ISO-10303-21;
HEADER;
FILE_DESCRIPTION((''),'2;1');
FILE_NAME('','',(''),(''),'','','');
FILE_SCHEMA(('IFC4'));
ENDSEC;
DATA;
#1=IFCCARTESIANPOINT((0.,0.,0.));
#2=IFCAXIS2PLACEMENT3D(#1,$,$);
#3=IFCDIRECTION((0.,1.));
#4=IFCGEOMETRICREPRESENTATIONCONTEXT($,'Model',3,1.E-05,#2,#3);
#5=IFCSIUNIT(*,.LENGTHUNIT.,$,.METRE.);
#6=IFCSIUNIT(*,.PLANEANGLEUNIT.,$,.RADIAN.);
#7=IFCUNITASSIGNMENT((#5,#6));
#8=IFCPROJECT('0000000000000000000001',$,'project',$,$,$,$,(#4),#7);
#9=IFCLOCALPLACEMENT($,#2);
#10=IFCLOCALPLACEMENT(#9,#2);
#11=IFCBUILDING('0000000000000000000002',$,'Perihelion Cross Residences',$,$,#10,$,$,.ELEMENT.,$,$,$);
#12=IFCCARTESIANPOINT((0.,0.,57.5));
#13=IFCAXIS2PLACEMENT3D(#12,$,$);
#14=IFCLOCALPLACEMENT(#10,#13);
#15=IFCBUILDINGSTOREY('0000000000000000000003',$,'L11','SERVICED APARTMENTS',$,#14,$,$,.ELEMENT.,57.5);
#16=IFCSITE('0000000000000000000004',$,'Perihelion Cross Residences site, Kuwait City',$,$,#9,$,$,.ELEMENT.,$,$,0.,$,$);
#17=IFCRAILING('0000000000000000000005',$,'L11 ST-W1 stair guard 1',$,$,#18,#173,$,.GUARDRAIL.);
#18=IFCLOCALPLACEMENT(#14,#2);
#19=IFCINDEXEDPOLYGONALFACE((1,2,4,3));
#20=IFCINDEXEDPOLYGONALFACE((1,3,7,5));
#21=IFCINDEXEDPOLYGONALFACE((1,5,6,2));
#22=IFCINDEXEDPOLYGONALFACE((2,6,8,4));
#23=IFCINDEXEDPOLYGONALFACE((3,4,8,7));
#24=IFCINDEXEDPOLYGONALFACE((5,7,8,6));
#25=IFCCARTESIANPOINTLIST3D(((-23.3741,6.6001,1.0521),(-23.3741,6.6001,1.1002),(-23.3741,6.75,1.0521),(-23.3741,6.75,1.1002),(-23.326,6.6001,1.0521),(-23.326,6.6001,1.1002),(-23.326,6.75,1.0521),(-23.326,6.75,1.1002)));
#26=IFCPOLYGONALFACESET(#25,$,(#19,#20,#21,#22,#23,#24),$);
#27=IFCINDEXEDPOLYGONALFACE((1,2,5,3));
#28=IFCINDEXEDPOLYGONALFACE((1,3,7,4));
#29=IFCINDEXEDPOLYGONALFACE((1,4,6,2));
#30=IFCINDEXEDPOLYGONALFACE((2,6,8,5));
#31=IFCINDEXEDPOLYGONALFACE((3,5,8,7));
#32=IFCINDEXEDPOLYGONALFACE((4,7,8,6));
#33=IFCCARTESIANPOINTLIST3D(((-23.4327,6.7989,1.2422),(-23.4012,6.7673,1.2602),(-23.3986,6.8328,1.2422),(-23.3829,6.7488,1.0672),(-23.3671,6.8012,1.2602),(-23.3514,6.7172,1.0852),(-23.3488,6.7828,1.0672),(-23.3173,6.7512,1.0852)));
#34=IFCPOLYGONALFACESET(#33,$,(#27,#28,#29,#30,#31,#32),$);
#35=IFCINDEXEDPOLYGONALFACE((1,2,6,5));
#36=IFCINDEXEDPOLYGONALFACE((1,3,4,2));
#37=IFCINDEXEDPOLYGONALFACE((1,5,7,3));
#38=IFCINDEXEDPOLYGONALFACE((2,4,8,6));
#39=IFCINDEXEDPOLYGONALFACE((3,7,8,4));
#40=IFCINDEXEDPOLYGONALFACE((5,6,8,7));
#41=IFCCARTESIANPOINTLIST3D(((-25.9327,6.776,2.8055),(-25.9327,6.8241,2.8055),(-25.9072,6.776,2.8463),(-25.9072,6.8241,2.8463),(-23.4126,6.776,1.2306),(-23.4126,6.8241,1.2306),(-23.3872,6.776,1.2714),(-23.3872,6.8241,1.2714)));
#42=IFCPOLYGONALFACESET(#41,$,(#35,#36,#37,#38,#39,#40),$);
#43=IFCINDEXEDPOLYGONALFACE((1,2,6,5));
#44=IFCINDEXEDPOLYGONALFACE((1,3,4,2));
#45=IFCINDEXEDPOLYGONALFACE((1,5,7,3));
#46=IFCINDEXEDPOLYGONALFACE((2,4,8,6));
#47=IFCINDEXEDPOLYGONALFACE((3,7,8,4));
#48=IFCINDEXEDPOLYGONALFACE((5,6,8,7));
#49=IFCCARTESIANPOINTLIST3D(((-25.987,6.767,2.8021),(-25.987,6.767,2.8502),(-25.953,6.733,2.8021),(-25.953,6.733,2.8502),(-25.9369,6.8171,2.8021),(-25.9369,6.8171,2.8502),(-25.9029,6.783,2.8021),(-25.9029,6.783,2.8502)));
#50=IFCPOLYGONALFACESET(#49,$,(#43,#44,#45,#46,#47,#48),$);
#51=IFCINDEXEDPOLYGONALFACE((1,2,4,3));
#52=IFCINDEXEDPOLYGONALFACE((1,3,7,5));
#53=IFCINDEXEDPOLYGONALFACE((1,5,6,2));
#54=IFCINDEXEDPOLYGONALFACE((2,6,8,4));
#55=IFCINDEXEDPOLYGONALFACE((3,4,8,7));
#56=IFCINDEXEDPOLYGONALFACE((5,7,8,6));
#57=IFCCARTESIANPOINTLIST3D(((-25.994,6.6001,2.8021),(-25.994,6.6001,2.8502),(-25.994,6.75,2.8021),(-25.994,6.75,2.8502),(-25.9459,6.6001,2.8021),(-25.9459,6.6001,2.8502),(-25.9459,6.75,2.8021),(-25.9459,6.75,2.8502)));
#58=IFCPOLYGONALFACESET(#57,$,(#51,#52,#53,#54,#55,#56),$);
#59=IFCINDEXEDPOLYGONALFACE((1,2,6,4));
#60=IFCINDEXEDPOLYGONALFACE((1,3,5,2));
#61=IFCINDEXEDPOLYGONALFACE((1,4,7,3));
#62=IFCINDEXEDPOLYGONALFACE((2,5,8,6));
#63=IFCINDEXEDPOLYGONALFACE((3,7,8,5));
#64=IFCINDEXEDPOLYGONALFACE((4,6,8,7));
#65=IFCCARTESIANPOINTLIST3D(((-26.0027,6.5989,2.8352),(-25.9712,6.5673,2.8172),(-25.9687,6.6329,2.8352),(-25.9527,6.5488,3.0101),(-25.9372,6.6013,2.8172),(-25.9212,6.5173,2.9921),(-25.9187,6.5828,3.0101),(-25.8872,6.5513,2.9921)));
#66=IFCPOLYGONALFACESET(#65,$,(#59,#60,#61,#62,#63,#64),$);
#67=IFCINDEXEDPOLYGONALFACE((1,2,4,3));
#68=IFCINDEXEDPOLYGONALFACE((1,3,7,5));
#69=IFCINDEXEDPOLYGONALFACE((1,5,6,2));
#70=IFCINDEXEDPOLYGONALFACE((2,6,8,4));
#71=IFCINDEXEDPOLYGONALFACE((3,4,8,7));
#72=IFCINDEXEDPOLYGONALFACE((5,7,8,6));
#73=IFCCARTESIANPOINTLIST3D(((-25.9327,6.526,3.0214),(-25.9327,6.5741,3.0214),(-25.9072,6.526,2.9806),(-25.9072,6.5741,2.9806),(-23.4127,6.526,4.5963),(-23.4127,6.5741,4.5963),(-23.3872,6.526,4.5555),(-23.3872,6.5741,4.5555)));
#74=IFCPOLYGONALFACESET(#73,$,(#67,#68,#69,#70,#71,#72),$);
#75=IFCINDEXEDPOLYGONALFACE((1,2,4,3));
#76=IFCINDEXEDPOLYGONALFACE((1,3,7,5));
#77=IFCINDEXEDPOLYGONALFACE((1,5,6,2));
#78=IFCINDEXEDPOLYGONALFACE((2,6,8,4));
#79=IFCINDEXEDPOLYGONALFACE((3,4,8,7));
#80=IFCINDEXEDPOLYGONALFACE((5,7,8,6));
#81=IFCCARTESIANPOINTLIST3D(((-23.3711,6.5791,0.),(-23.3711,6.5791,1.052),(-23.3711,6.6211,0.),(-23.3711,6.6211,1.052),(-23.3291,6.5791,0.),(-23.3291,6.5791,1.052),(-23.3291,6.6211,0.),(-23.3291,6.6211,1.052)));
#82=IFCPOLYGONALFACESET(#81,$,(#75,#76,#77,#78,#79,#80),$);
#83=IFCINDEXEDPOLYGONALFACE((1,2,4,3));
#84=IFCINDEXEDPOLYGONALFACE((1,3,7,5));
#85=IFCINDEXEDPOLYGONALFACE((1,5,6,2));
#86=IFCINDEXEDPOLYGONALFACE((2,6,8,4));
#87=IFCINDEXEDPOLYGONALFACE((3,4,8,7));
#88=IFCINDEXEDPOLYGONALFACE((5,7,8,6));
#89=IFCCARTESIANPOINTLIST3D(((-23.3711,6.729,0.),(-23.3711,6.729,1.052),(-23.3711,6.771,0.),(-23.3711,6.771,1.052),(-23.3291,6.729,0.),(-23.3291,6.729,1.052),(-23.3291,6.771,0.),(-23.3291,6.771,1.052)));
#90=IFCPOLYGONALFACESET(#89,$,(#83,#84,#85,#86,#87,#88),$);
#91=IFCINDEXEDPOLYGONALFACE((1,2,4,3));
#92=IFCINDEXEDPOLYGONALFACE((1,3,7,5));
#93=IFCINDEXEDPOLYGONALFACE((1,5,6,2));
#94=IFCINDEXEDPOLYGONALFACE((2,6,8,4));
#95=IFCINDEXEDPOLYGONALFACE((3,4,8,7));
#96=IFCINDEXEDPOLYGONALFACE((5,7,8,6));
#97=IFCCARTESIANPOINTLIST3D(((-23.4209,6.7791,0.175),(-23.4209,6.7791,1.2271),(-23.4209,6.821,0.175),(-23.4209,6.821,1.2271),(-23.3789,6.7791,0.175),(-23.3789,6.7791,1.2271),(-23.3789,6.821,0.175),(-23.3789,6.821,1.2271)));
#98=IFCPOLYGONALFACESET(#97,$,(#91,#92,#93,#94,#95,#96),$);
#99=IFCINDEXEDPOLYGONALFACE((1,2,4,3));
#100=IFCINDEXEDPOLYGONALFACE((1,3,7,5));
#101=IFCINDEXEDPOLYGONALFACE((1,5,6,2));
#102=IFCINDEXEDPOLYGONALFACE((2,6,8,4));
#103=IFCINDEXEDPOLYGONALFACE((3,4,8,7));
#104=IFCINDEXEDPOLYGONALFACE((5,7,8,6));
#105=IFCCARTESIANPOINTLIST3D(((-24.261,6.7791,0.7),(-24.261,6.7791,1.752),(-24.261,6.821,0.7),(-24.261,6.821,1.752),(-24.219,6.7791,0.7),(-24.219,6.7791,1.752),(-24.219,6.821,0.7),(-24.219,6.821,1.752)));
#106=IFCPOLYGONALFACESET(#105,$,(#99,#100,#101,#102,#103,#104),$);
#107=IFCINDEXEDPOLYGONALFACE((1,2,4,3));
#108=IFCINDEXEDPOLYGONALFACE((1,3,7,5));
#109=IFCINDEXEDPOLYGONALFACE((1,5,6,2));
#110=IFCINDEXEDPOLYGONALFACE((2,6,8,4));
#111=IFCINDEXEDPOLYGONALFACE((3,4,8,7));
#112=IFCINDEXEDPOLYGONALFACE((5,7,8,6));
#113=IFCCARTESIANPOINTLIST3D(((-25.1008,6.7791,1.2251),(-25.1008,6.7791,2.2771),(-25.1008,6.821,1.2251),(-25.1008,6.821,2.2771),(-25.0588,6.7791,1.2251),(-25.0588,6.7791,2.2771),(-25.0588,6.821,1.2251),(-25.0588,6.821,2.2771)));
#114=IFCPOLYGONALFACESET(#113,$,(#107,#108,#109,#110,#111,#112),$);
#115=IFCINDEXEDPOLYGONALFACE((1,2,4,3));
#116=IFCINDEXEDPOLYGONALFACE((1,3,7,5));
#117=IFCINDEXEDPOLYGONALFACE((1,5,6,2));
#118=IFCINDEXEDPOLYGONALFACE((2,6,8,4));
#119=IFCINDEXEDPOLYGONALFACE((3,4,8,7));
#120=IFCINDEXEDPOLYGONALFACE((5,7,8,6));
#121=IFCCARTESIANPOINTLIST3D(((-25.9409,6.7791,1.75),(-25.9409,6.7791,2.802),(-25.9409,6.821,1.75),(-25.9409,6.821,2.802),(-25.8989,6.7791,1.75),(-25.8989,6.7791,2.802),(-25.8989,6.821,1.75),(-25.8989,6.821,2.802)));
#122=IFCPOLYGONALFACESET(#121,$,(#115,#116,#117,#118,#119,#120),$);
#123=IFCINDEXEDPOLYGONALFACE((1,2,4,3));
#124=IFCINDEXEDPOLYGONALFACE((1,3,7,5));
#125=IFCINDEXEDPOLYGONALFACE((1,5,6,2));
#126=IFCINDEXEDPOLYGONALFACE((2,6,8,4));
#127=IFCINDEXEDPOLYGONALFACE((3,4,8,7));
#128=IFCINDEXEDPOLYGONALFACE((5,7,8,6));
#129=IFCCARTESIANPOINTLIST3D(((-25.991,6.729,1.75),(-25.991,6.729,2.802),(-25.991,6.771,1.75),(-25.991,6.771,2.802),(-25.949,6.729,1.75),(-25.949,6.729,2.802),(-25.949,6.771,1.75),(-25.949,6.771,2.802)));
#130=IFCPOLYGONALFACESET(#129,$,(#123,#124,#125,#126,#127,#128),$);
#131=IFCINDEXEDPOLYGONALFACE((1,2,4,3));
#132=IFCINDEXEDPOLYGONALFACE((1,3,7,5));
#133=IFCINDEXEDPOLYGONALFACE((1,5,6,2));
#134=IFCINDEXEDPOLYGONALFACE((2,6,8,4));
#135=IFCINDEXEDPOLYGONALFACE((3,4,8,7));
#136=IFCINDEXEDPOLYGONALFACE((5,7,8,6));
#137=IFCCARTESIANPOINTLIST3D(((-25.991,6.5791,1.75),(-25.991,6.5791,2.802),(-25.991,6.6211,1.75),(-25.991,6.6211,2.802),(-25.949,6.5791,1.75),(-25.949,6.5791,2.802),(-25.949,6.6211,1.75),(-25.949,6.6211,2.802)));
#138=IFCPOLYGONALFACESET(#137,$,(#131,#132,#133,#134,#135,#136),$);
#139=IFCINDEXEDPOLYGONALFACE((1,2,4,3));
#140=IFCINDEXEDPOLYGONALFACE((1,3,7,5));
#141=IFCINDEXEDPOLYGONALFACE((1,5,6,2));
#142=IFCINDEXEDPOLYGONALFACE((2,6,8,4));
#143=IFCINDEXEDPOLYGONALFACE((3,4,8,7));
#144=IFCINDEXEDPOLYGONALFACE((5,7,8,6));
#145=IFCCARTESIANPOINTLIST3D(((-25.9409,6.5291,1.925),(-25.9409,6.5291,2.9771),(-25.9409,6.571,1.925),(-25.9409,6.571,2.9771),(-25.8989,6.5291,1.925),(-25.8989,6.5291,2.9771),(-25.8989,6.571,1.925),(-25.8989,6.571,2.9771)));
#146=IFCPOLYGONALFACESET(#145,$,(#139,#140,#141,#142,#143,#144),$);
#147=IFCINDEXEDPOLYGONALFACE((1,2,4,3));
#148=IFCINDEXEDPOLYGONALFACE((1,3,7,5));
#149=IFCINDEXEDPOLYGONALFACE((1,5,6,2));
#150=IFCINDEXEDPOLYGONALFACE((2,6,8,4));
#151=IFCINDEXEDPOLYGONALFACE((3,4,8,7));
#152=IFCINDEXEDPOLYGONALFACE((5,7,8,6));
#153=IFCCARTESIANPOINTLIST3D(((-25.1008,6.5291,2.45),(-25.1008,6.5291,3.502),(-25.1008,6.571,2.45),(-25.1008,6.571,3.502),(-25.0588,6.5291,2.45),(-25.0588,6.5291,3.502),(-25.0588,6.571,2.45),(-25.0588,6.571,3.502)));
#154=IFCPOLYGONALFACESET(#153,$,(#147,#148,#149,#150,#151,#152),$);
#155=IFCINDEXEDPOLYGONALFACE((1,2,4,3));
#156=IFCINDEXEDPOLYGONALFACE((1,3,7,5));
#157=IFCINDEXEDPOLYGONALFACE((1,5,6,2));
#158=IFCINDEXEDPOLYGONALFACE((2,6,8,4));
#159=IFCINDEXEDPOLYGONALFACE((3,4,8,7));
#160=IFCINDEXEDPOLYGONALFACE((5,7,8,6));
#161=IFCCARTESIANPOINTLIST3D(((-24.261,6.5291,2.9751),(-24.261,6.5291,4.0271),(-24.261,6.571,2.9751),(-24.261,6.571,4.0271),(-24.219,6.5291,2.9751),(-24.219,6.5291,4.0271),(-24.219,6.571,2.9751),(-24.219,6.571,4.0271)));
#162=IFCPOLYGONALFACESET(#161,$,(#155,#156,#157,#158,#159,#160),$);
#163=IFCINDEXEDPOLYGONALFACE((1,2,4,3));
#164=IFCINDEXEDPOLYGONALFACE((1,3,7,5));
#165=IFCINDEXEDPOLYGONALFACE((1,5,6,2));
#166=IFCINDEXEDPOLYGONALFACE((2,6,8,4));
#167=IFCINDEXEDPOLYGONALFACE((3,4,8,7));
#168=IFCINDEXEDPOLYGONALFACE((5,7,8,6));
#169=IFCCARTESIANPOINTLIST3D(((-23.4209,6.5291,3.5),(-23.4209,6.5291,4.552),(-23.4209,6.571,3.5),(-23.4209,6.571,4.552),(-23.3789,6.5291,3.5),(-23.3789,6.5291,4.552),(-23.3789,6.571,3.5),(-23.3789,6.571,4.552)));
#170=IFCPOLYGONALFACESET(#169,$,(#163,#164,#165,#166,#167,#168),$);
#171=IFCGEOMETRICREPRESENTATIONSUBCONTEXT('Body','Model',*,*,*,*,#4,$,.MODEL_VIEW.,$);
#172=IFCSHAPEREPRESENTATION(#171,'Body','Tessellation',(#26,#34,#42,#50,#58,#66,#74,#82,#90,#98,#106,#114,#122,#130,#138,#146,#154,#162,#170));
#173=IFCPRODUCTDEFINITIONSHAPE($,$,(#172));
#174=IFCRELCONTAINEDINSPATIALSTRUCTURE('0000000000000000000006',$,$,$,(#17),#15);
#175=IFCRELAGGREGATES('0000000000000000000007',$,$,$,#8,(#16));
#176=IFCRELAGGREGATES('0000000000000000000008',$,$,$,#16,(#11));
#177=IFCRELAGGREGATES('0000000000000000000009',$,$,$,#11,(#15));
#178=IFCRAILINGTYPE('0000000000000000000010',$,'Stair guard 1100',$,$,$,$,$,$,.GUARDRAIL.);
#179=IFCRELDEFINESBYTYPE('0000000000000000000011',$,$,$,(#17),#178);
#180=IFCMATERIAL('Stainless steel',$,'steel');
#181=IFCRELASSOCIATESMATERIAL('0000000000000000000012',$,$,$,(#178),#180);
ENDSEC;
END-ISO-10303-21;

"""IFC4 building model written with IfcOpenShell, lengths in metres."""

from ifc_helpers import new_model, si_unit, direction, frame, origin, origin_2d, place, context, subcontext, project, spatial, rectangle, extrude, material, type_object, element, save


model = new_model("IFC4")

# Units and contexts
model_context = context("Model", 3, precision=1e-05, world=origin(), true_north=direction((0.0, 1.0)))
body_context = subcontext(model_context, "Body", "Model", "MODEL_VIEW")
ifc_project = project(units=[si_unit("LENGTHUNIT", "METRE"), si_unit("PLANEANGLEUNIT", "RADIAN")], contexts=[model_context])

# Site, building, storey
site_placement = place(None, origin())
site = spatial("IfcSite", under=ifc_project, at=site_placement, Name="Perihelion Cross Residences site, Kuwait City", CompositionType="ELEMENT", RefElevation=0.0)
building_placement = place(site_placement, origin())
building = spatial("IfcBuilding", under=site, at=building_placement, Name="Perihelion Cross Residences", CompositionType="ELEMENT")
storey_placement = place(building_placement, frame((0.0, 0.0, 57.5)))
storey = spatial("IfcBuildingStorey", under=building, at=storey_placement, Name="L11", Description="SERVICED APARTMENTS", CompositionType="ELEMENT", Elevation=57.5)

# Railing
ifc_material_1 = material(Name="Stainless steel", Category="steel")
railing_type_1 = type_object("IfcRailingType", Name="Stair guard 1100", PredefinedType="GUARDRAIL", material=ifc_material_1)
railing_1_placement = place(storey_placement, frame((-23.3501, 6.6001, 0.0)))
element("IfcRailing", 1, at=railing_1_placement, inside=storey, type_object=railing_type_1, Name="L11 ST-W1 stair guard 1", PredefinedType="GUARDRAIL", context=body_context, shape_type="SweptSolid", body=[
    extrude(rectangle(XDim=0.0481, YDim=0.0481, at=origin_2d()), frame((0.0, 0.0, 1.0762), z_axis=(0.0, 1.0, 0.0), x_axis=(-1.0, 0.0, 0.0)), (0.0, 0.0, 1.0), 0.1499),
    extrude(rectangle(XDim=0.0481, YDim=0.0481, at=origin_2d()), frame((0.0, 0.1499, 1.0762), z_axis=(-0.263862, 0.265156, 0.927399), x_axis=(-0.708834, -0.705376, 0.0)), (0.0, 0.0, 1.0), 0.1887),
    extrude(rectangle(XDim=0.0481, YDim=0.0481, at=origin_2d()), frame((-0.0498, 0.2, 1.251), z_axis=(-0.848008, 0.0, 0.529984), x_axis=(0.0, -1.0, 0.0)), (0.0, 0.0, 1.0), 2.9717),
    extrude(rectangle(XDim=0.0481, YDim=0.0481, at=origin_2d()), frame((-2.5698, 0.2, 2.8262), z_axis=(-0.707107, -0.707107, 0.0), x_axis=(0.707107, -0.707107, 0.0)), (0.0, 0.0, 1.0), 0.0708),
    extrude(rectangle(XDim=0.0481, YDim=0.0481, at=origin_2d()), frame((-2.6199, 0.1499, 2.8262), z_axis=(0.0, -1.0, 0.0), x_axis=(1.0, 0.0, 0.0)), (0.0, 0.0, 1.0), 0.1499),
    extrude(rectangle(XDim=0.0481, YDim=0.0481, at=origin_2d()), frame((-2.6199, 0.0, 2.8262), z_axis=(0.265065, -0.265065, 0.927082), x_axis=(0.707107, 0.707107, 0.0)), (0.0, 0.0, 1.0), 0.1887),
    extrude(rectangle(XDim=0.0481, YDim=0.0481, at=origin_2d()), frame((-2.5698, -0.05, 3.001), z_axis=(0.848008, 0.0, 0.529984), x_axis=(0.0, 1.0, 0.0)), (0.0, 0.0, 1.0), 2.9717),
    extrude(rectangle(XDim=0.042, YDim=0.042, at=origin_2d()), origin(), (0.0, 0.0, 1.0), 1.052),
    extrude(rectangle(XDim=0.042, YDim=0.042, at=origin_2d()), frame((0.0, 0.1499, 0.0)), (0.0, 0.0, 1.0), 1.052),
    extrude(rectangle(XDim=0.042, YDim=0.042, at=origin_2d()), frame((-0.0498, 0.2, 0.175)), (0.0, 0.0, 1.0), 1.052),
    extrude(rectangle(XDim=0.042, YDim=0.042, at=origin_2d()), frame((-0.8899, 0.2, 0.7)), (0.0, 0.0, 1.0), 1.052),
    extrude(rectangle(XDim=0.042, YDim=0.042, at=origin_2d()), frame((-1.7297, 0.2, 1.2251)), (0.0, 0.0, 1.0), 1.052),
    extrude(rectangle(XDim=0.042, YDim=0.042, at=origin_2d()), frame((-2.5698, 0.2, 1.75)), (0.0, 0.0, 1.0), 1.052),
    extrude(rectangle(XDim=0.042, YDim=0.042, at=origin_2d()), frame((-2.6199, 0.1499, 1.75)), (0.0, 0.0, 1.0), 1.052),
    extrude(rectangle(XDim=0.042, YDim=0.042, at=origin_2d()), frame((-2.6199, 0.0, 1.75)), (0.0, 0.0, 1.0), 1.052),
    extrude(rectangle(XDim=0.042, YDim=0.042, at=origin_2d()), frame((-2.5698, -0.05, 1.925)), (0.0, 0.0, 1.0), 1.052),
    extrude(rectangle(XDim=0.042, YDim=0.042, at=origin_2d()), frame((-1.7297, -0.05, 2.45)), (0.0, 0.0, 1.0), 1.052),
    extrude(rectangle(XDim=0.042, YDim=0.042, at=origin_2d()), frame((-0.8899, -0.05, 2.9751)), (0.0, 0.0, 1.0), 1.052),
    extrude(rectangle(XDim=0.042, YDim=0.042, at=origin_2d()), frame((-0.0498, -0.05, 3.5)), (0.0, 0.0, 1.0), 1.052),
])

save(model, "model.ifc")
